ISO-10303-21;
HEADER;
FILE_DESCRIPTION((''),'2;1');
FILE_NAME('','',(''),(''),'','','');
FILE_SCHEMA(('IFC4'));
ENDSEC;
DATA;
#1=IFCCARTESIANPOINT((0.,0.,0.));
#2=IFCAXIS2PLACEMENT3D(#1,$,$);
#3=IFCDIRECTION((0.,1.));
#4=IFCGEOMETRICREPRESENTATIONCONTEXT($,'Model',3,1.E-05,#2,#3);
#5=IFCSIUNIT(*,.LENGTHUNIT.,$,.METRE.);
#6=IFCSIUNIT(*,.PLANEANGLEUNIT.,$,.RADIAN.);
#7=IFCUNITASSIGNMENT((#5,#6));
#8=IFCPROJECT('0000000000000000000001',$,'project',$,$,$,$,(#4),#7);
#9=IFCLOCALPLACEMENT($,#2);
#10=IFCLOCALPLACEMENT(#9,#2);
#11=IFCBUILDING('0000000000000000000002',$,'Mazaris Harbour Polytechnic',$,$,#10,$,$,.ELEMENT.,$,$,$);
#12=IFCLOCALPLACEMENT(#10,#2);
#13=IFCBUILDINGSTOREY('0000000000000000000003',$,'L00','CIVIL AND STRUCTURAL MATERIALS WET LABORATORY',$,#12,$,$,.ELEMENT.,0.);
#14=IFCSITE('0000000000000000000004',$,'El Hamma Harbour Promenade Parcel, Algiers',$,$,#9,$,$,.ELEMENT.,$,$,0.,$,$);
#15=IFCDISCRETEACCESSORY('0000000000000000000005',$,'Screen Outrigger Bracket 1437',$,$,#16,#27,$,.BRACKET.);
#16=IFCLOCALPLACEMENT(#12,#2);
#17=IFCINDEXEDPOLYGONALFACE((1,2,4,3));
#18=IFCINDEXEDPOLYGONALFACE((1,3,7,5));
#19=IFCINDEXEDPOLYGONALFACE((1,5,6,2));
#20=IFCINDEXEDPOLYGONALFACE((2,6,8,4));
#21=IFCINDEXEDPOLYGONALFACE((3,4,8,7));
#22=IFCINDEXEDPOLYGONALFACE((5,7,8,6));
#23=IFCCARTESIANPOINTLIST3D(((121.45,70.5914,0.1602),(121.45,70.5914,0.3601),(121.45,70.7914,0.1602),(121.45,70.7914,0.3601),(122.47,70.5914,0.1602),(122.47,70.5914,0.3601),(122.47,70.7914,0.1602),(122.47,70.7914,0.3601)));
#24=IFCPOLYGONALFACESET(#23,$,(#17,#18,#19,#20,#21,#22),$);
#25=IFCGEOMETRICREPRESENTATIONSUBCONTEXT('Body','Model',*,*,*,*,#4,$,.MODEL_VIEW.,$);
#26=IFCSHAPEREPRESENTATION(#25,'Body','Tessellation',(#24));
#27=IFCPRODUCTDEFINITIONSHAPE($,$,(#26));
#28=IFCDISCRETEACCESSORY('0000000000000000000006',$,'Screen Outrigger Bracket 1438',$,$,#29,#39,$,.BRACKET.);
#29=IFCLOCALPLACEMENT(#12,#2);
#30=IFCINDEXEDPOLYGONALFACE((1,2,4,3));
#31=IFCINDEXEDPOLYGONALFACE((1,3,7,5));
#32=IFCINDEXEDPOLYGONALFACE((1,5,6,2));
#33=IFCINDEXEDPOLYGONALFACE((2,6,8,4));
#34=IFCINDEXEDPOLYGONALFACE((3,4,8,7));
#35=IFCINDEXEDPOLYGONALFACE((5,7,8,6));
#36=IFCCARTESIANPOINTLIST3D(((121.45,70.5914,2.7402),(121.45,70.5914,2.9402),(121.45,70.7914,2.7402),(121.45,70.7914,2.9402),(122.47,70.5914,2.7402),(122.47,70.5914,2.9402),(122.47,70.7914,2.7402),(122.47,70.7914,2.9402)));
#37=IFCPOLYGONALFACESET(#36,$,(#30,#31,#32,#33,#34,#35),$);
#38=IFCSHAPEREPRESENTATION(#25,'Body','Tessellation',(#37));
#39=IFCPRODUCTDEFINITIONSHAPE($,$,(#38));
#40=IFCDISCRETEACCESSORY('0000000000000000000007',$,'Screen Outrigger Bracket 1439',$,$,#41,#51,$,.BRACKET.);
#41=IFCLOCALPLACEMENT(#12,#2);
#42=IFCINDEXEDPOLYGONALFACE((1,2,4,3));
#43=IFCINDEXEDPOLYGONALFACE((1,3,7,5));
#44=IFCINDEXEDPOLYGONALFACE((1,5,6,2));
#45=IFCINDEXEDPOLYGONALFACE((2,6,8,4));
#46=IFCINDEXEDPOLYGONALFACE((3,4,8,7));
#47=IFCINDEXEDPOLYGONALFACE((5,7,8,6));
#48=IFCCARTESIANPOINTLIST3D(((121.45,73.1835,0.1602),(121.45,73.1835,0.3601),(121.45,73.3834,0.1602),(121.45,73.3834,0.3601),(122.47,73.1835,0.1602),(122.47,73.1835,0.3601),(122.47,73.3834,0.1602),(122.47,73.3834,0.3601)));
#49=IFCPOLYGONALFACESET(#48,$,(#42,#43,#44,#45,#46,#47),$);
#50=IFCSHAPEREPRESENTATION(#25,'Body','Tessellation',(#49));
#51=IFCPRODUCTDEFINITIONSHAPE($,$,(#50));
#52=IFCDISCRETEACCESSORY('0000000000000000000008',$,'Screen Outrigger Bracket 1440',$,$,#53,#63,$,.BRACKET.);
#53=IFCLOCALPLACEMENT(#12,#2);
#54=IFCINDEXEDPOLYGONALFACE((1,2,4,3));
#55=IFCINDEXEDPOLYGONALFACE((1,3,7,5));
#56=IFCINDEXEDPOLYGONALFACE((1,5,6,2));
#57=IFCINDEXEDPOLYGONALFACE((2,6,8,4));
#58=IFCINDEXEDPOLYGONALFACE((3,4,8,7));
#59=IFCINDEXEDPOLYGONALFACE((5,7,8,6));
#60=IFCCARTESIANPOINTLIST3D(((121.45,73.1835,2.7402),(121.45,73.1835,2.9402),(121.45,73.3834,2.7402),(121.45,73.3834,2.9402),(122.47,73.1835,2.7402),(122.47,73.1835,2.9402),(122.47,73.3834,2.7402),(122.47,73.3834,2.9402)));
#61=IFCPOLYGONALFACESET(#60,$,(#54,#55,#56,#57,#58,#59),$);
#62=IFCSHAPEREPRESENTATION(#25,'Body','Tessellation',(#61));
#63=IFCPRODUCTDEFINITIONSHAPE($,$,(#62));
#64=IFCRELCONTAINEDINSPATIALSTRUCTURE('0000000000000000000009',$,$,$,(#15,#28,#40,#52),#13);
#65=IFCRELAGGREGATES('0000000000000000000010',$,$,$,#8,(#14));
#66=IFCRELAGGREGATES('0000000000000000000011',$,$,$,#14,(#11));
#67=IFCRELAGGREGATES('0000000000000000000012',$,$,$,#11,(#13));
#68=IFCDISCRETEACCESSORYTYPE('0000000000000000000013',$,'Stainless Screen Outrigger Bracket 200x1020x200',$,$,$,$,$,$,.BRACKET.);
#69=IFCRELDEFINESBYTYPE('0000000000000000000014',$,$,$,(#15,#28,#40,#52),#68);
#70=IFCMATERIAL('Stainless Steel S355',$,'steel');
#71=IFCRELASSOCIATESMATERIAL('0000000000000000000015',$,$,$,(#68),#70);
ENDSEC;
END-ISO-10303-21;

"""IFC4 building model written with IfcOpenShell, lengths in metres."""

from ifc_helpers import new_model, si_unit, direction, frame, origin, origin_2d, place, context, subcontext, project, spatial, rectangle, extrude, material, type_object, element, save


model = new_model("IFC4")

# Units and contexts
model_context = context("Model", 3, precision=1e-05, world=origin(), true_north=direction((0.0, 1.0)))
body_context = subcontext(model_context, "Body", "Model", "MODEL_VIEW")
ifc_project = project(units=[si_unit("LENGTHUNIT", "METRE"), si_unit("PLANEANGLEUNIT", "RADIAN")], contexts=[model_context])

# Site, building, storey
site_placement = place(None, origin())
site = spatial("IfcSite", under=ifc_project, at=site_placement, Name="El Hamma Harbour Promenade Parcel, Algiers", CompositionType="ELEMENT", RefElevation=0.0)
building_placement = place(site_placement, origin())
building = spatial("IfcBuilding", under=site, at=building_placement, Name="Mazaris Harbour Polytechnic", CompositionType="ELEMENT")
storey_placement = place(building_placement, origin())
storey = spatial("IfcBuildingStorey", under=building, at=storey_placement, Name="L00", Description="CIVIL AND STRUCTURAL MATERIALS WET LABORATORY", CompositionType="ELEMENT", Elevation=0.0)

# Discrete accessories
ifc_material_1 = material(Name="Stainless Steel S355", Category="steel")
discrete_accessory_type = type_object("IfcDiscreteAccessoryType", Name="Stainless Screen Outrigger Bracket 200x1020x200", PredefinedType="BRACKET", material=ifc_material_1)
for number, where, z_axis, x_axis, name in (
    (1, (121.96, 70.6914, 0.1602), (0.0, 0.0, 1.0), (0.0, 1.0, 0.0), "Screen Outrigger Bracket 1437"),
    (2, (121.96, 70.6914, 2.7402), (0.0, 0.0, 1.0), (0.0, 1.0, 0.0), "Screen Outrigger Bracket 1438"),
    (3, (121.96, 73.2834, 0.1602), (0.0, 0.0, 1.0), (0.0, 1.0, 0.0), "Screen Outrigger Bracket 1439"),
    (4, (121.96, 73.2834, 2.7402), (0.0, 0.0, 1.0), (0.0, 1.0, 0.0), "Screen Outrigger Bracket 1440"),
):
    element("IfcDiscreteAccessory", number, at=place(storey_placement, frame(where, z_axis=z_axis, x_axis=x_axis)), inside=storey, type_object=discrete_accessory_type, Name=name, PredefinedType="BRACKET", context=body_context, shape_type="SweptSolid", body=[
        extrude(rectangle(XDim=0.2, YDim=1.02, at=origin_2d()), origin(), (0.0, 0.0, 1.0), 0.2),
    ])

save(model, "model.ifc")
